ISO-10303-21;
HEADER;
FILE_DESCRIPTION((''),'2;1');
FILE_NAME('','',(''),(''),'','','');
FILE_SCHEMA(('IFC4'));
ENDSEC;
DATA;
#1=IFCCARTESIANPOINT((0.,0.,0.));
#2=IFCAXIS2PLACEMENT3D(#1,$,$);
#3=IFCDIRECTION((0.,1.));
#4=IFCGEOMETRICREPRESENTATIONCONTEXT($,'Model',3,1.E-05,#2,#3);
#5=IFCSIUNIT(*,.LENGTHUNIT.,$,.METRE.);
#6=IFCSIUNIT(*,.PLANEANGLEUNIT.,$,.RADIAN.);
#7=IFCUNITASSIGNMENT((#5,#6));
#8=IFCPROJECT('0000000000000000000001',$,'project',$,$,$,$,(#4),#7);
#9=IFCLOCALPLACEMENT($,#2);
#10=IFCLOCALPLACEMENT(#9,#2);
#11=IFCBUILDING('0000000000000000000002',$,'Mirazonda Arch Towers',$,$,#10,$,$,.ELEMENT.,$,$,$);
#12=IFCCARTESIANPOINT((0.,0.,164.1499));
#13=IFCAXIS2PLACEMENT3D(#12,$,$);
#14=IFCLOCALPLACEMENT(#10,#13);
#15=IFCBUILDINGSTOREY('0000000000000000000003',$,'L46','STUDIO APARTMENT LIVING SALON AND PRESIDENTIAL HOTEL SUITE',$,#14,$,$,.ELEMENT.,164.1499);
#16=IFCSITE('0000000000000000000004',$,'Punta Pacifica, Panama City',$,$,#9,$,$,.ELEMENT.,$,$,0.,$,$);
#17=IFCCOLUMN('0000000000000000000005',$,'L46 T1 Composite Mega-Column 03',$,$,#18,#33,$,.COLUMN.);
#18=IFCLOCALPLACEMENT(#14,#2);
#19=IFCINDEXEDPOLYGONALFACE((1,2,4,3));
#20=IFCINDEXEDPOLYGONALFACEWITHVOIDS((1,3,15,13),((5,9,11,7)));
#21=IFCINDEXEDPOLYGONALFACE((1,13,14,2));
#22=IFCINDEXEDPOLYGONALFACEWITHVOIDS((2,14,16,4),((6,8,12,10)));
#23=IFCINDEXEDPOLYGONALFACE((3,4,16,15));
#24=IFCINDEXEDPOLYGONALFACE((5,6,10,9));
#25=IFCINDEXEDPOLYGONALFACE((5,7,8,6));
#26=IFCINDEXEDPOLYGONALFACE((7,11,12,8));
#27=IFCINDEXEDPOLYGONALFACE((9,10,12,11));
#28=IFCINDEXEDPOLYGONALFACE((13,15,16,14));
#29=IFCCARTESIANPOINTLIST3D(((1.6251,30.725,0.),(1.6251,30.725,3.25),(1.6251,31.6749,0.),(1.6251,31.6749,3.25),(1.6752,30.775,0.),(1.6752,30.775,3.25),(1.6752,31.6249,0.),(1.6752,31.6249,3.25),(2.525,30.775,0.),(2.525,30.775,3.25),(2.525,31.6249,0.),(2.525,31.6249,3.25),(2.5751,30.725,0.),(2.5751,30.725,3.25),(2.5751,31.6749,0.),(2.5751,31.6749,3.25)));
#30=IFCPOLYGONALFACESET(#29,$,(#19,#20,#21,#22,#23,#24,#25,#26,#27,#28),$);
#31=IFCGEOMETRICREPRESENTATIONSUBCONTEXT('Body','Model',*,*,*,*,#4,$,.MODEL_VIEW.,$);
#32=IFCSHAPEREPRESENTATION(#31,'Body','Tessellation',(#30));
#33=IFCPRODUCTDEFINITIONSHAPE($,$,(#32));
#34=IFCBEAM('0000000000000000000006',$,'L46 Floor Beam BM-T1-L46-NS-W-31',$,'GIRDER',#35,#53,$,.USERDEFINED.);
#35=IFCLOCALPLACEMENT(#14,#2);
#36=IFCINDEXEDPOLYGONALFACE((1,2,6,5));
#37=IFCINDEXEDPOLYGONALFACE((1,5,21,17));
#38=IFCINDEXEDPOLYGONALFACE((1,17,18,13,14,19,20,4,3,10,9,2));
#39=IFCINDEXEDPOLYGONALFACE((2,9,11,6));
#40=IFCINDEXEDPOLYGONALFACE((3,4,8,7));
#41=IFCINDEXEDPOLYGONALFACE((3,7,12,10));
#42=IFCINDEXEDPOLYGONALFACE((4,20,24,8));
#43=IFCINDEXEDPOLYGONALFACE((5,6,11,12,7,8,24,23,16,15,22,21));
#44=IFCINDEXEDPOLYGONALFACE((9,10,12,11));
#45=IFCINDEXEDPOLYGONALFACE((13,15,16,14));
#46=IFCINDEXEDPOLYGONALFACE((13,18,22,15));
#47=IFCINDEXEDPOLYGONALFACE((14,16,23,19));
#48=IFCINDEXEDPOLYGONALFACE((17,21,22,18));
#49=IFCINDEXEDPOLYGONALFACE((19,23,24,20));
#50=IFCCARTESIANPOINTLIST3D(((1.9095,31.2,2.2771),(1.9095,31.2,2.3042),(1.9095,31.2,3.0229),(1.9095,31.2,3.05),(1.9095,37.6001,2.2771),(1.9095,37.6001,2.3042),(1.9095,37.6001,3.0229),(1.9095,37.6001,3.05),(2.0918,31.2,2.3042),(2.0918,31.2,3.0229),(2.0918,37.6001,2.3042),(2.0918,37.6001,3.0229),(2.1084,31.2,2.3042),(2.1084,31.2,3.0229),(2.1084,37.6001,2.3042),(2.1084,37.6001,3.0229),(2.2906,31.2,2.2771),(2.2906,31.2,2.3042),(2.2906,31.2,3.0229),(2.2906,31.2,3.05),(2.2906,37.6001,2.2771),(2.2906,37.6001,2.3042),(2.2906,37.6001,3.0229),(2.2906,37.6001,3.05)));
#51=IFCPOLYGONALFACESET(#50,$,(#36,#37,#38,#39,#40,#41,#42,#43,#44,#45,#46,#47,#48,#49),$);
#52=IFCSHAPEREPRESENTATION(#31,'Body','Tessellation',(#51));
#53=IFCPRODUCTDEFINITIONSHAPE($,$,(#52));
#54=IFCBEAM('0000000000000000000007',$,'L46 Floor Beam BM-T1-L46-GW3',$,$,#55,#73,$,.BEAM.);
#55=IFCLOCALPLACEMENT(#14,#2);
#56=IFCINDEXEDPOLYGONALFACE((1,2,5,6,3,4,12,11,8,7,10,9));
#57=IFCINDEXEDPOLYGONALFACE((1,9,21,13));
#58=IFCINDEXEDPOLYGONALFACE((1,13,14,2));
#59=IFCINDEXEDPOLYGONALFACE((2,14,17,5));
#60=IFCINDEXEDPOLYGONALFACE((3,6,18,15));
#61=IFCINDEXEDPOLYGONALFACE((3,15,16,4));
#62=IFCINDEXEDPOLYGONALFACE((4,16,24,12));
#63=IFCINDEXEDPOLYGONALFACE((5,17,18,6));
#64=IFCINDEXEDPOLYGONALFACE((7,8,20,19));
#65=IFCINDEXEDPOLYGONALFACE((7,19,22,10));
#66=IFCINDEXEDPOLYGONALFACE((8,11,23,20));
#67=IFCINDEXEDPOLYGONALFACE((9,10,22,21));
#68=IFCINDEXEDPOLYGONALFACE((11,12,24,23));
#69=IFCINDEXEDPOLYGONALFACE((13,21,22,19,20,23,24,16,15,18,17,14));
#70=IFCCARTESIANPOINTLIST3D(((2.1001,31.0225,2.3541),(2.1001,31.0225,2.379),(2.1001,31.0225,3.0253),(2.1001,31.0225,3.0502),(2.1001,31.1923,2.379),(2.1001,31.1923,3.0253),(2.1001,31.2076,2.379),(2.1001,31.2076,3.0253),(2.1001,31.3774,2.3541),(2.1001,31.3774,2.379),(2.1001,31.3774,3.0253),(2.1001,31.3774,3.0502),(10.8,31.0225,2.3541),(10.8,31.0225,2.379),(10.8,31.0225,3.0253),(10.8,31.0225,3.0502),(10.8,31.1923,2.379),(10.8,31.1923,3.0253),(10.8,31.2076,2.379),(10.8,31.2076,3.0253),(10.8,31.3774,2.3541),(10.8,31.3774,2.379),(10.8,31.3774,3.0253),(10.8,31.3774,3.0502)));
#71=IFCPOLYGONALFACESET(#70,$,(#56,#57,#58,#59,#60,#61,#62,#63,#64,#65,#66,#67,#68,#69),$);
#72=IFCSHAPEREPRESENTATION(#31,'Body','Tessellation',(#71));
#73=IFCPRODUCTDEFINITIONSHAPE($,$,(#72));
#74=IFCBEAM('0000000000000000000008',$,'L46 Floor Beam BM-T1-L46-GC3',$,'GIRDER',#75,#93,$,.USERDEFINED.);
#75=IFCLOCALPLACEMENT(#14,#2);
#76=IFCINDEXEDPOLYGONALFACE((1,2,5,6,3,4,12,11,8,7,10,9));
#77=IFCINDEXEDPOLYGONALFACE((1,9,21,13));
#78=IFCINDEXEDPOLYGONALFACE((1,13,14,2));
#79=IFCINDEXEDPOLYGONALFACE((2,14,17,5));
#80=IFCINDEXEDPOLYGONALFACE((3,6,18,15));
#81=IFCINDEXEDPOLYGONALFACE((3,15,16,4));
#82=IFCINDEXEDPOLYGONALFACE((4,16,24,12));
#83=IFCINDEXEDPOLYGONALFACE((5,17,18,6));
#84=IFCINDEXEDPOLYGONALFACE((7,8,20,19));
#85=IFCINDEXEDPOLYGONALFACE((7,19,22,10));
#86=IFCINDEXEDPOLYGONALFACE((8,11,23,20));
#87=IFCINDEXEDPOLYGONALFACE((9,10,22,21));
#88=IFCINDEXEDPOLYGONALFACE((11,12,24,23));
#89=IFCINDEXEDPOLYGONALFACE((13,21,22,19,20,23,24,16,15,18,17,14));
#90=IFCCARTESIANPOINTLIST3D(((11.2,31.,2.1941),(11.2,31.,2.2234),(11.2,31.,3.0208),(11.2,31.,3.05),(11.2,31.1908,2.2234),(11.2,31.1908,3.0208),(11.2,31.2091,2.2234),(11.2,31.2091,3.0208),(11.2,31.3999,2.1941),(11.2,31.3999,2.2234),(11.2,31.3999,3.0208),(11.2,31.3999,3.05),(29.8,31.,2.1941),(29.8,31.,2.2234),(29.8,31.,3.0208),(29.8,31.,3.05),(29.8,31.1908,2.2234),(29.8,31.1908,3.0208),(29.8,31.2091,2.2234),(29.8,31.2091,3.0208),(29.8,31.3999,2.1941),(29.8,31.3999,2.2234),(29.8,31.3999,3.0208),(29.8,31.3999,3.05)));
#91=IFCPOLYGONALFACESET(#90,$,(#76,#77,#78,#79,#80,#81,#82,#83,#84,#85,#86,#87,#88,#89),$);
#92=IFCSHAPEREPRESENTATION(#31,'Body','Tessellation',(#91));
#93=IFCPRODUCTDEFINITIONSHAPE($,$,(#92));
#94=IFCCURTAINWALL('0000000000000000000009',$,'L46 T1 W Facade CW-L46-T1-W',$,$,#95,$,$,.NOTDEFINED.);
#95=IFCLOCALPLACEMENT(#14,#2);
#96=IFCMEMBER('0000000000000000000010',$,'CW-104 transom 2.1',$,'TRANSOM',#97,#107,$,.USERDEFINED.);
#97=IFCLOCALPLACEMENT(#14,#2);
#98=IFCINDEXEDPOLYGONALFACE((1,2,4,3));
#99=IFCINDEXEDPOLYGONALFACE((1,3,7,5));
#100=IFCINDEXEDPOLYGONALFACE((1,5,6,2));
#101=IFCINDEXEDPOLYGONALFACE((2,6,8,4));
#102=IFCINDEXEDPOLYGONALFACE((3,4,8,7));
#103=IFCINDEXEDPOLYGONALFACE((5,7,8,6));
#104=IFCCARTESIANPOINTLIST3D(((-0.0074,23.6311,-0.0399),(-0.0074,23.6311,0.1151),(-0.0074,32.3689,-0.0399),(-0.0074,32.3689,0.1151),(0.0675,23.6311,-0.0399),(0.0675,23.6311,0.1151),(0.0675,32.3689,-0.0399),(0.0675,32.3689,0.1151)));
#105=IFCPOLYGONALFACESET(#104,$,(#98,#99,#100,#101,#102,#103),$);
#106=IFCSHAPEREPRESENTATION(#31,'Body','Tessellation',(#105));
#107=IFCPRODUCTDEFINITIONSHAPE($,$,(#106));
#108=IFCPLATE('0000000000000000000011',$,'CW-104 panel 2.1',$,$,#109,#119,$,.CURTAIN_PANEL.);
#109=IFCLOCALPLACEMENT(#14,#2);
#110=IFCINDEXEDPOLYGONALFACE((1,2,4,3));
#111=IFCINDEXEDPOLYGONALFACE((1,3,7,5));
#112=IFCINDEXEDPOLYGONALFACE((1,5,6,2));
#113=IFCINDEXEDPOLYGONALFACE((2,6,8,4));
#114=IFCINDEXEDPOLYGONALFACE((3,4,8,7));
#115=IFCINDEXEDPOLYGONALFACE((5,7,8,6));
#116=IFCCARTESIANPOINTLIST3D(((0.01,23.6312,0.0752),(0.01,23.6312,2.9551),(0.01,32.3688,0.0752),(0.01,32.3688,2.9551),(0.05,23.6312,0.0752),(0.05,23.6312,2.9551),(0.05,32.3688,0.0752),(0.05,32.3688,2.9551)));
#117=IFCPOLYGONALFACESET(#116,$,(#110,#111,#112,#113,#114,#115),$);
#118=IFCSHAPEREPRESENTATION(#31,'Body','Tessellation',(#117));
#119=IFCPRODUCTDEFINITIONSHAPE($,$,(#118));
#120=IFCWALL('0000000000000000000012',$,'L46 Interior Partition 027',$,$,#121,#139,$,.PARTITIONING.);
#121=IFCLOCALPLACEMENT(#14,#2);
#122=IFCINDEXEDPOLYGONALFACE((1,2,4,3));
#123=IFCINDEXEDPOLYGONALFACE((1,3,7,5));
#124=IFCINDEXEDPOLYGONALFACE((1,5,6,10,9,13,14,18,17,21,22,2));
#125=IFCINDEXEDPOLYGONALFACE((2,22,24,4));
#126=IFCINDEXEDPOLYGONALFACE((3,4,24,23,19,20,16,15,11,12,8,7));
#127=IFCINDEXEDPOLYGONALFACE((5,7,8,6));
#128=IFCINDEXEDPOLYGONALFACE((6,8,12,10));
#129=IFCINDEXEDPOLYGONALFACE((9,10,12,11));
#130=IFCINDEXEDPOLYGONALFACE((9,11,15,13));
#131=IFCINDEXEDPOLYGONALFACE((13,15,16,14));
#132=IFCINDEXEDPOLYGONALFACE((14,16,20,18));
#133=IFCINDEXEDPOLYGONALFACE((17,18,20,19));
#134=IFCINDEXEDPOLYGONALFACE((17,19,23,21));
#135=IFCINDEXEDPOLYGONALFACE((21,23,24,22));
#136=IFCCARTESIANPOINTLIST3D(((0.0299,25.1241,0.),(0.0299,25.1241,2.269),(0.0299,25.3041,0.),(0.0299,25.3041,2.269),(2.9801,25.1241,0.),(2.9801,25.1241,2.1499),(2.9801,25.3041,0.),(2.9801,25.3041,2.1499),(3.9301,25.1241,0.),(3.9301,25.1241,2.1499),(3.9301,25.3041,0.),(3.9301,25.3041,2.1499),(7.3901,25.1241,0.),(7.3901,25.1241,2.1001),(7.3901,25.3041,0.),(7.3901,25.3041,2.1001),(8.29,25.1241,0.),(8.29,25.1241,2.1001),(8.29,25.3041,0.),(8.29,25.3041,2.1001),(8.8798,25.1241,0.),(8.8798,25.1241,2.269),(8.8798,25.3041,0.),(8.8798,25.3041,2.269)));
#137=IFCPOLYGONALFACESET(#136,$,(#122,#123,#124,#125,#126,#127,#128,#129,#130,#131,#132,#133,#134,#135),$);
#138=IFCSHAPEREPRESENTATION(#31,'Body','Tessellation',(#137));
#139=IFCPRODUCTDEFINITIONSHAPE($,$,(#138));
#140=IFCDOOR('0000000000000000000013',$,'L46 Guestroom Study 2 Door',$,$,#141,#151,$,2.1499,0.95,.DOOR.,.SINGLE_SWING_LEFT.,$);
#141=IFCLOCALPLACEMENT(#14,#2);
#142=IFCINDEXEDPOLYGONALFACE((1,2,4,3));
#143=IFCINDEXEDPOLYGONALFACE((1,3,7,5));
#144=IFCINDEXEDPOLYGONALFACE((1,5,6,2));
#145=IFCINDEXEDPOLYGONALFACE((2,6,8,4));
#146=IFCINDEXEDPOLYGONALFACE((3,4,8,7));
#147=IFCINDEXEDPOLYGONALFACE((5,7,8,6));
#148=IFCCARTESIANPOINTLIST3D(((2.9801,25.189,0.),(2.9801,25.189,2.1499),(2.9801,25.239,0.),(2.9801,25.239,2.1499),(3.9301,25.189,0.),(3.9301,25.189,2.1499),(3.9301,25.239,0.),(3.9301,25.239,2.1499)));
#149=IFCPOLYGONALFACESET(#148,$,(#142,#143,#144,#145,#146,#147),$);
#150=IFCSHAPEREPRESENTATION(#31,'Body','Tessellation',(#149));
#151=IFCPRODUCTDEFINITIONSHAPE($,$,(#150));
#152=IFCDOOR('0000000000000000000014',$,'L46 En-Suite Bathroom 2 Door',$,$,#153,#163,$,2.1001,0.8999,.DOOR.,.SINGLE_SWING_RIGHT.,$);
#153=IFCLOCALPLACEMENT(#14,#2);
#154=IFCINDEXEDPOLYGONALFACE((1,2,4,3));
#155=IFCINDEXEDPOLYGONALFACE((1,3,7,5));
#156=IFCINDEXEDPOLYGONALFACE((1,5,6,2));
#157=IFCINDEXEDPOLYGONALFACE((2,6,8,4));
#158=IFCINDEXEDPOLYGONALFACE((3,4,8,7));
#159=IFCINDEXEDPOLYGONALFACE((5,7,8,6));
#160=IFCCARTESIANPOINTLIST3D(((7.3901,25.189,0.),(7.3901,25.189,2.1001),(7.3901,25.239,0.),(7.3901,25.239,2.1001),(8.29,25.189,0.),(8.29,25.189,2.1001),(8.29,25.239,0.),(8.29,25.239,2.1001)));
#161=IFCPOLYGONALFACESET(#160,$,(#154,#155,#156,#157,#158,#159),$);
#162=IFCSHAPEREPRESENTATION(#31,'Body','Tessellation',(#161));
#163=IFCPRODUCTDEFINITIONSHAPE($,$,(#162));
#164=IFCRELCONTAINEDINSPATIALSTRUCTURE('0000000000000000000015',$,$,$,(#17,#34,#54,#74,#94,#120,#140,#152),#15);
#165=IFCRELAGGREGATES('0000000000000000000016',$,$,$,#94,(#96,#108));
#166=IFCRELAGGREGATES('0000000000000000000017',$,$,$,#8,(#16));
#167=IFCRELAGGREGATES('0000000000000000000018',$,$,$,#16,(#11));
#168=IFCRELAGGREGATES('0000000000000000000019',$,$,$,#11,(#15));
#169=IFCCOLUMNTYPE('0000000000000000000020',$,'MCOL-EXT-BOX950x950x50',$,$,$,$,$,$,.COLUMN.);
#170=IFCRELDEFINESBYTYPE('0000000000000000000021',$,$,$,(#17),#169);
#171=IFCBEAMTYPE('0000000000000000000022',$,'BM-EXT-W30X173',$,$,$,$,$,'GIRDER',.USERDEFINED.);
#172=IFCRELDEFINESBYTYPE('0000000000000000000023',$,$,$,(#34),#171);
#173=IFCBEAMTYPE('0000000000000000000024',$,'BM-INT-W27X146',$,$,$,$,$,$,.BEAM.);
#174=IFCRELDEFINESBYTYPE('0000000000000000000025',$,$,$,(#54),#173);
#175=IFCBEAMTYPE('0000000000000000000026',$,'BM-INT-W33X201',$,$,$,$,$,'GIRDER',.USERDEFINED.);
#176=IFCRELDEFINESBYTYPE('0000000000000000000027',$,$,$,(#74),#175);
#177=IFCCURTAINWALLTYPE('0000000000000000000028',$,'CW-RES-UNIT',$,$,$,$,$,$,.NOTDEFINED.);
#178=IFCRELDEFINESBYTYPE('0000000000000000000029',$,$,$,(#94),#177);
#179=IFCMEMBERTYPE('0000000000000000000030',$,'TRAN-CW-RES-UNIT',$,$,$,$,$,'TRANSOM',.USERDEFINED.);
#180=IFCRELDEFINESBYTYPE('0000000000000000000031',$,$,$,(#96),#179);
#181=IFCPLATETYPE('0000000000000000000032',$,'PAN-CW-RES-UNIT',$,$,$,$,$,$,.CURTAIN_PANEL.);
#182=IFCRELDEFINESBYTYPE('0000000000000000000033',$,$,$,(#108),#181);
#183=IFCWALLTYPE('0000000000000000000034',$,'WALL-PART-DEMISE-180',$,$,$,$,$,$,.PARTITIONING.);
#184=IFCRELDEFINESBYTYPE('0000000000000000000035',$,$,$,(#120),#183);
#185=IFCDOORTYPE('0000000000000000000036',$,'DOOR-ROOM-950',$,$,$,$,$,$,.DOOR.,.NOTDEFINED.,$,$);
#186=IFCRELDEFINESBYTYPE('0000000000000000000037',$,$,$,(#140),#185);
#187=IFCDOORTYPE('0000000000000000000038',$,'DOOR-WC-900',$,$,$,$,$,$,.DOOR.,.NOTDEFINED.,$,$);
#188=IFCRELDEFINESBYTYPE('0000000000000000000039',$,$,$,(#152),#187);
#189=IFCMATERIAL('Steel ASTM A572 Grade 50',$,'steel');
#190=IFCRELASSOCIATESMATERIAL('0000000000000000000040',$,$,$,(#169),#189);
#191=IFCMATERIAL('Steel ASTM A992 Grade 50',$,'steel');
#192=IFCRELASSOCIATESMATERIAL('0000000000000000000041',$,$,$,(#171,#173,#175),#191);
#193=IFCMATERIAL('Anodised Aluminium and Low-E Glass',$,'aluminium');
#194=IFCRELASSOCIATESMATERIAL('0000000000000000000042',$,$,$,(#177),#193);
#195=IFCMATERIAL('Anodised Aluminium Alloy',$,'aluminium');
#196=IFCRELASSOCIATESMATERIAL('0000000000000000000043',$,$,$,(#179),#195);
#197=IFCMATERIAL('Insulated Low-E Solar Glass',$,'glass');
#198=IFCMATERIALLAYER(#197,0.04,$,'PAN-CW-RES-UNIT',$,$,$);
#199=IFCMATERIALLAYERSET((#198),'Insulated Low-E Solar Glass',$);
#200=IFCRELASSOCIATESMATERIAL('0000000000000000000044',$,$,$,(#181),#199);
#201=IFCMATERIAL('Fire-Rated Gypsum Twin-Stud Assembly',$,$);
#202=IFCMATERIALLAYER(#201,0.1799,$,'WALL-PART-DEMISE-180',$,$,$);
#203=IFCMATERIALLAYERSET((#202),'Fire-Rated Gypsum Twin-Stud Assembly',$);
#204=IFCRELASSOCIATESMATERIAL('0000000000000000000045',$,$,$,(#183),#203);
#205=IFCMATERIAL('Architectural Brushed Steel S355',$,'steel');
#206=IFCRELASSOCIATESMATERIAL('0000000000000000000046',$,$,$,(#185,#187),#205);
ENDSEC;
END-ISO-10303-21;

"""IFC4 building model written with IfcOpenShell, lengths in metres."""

from ifc_helpers import new_model, si_unit, direction, frame, frame_2d, origin, origin_2d, place, context, subcontext, project, spatial, rectangle, hollow_rectangle, i_section, extrude, material, layer, layer_set, material_profile, profile_set, type_object, element, fill, aggregate, save


model = new_model("IFC4")

# Units and contexts
model_context = context("Model", 3, precision=1e-05, world=origin(), true_north=direction((0.0, 1.0)))
body_context = subcontext(model_context, "Body", "Model", "MODEL_VIEW")
ifc_project = project(units=[si_unit("LENGTHUNIT", "METRE"), si_unit("PLANEANGLEUNIT", "RADIAN")], contexts=[model_context])

# Site, building, storey
site_placement = place(None, origin())
site = spatial("IfcSite", under=ifc_project, at=site_placement, Name="Punta Pacifica, Panama City", CompositionType="ELEMENT", RefElevation=0.0)
building_placement = place(site_placement, origin())
building = spatial("IfcBuilding", under=site, at=building_placement, Name="Mirazonda Arch Towers", CompositionType="ELEMENT")
storey_placement = place(building_placement, frame((0.0, 0.0, 164.1499)))
storey = spatial("IfcBuildingStorey", under=building, at=storey_placement, Name="L46", Description="STUDIO APARTMENT LIVING SALON AND PRESIDENTIAL HOTEL SUITE", CompositionType="ELEMENT", Elevation=164.1499)

# Column
ifc_material_1 = material(Name="Steel ASTM A572 Grade 50", Category="steel")
ifc_material_profile_1 = material_profile(ifc_material_1, hollow_rectangle(XDim=0.95, YDim=0.95, WallThickness=0.05, at=origin_2d()), Name="BOX950x950x50")
ifc_profile_set_1 = profile_set([ifc_material_profile_1], Name="Steel ASTM A572 Grade 50")
column_type = type_object("IfcColumnType", Name="MCOL-EXT-BOX950x950x50", PredefinedType="COLUMN", material=ifc_profile_set_1)
column_placement = place(storey_placement, frame((2.1001, 31.2, 0.0), z_axis=(0.0, 0.0, 1.0), x_axis=(1.0, 0.0, 0.0)))
element("IfcColumn", 1, at=column_placement, inside=storey, type_object=column_type, Name="L46 T1 Composite Mega-Column 03", PredefinedType="COLUMN", context=body_context, shape_type="SweptSolid", body=[
    extrude(hollow_rectangle(XDim=0.95, YDim=0.95, WallThickness=0.05, at=origin_2d()), origin(), (0.0, 0.0, 1.0), 3.25),
])

# Beams
ifc_material_2 = material(Name="Steel ASTM A992 Grade 50", Category="steel")
ifc_material_profile_2 = material_profile(ifc_material_2, i_section(OverallWidth=0.3811, OverallDepth=0.7729, WebThickness=0.0166, FlangeThickness=0.0271, at=origin_2d()), Name="W30X173")
ifc_profile_set_2 = profile_set([ifc_material_profile_2], Name="Steel ASTM A992 Grade 50")
beam_type_1 = type_object("IfcBeamType", Name="BM-EXT-W30X173", ElementType="GIRDER", PredefinedType="USERDEFINED", material=ifc_profile_set_2)
beam_1_placement = place(storey_placement, frame((2.1001, 31.2, 2.6636), z_axis=(0.0, 1.0, 0.0), x_axis=(-1.0, 0.0, 0.0)))
element("IfcBeam", 2, at=beam_1_placement, inside=storey, type_object=beam_type_1, Name="L46 Floor Beam BM-T1-L46-NS-W-31", ObjectType="GIRDER", PredefinedType="USERDEFINED", context=body_context, shape_type="SweptSolid", body=[
    extrude(i_section(OverallWidth=0.3811, OverallDepth=0.7729, WebThickness=0.0166, FlangeThickness=0.0271, at=origin_2d()), origin(), (0.0, 0.0, 1.0), 6.4001),
])
ifc_material_profile_3 = material_profile(ifc_material_2, i_section(OverallWidth=0.355, OverallDepth=0.696, WebThickness=0.0154, FlangeThickness=0.0249, at=origin_2d()), Name="W27X146")
ifc_profile_set_3 = profile_set([ifc_material_profile_3], Name="Steel ASTM A992 Grade 50")
beam_type_2 = type_object("IfcBeamType", Name="BM-INT-W27X146", PredefinedType="BEAM", material=ifc_profile_set_3)
beam_2_placement = place(storey_placement, frame((2.1001, 31.2, 2.7021), z_axis=(1.0, 0.0, 0.0), x_axis=(0.0, 1.0, 0.0)))
element("IfcBeam", 3, at=beam_2_placement, inside=storey, type_object=beam_type_2, Name="L46 Floor Beam BM-T1-L46-GW3", PredefinedType="BEAM", context=body_context, shape_type="SweptSolid", body=[
    extrude(i_section(OverallWidth=0.355, OverallDepth=0.696, WebThickness=0.0154, FlangeThickness=0.0249, at=origin_2d()), origin(), (0.0, 0.0, 1.0), 8.7),
])
ifc_material_profile_4 = material_profile(ifc_material_2, i_section(OverallWidth=0.3999, OverallDepth=0.856, WebThickness=0.0183, FlangeThickness=0.0293, at=origin_2d()), Name="W33X201")
ifc_profile_set_4 = profile_set([ifc_material_profile_4], Name="Steel ASTM A992 Grade 50")
beam_type_3 = type_object("IfcBeamType", Name="BM-INT-W33X201", ElementType="GIRDER", PredefinedType="USERDEFINED", material=ifc_profile_set_4)
beam_3_placement = place(storey_placement, frame((11.2, 31.2, 2.6221), z_axis=(1.0, 0.0, 0.0), x_axis=(0.0, 1.0, 0.0)))
element("IfcBeam", 4, at=beam_3_placement, inside=storey, type_object=beam_type_3, Name="L46 Floor Beam BM-T1-L46-GC3", ObjectType="GIRDER", PredefinedType="USERDEFINED", context=body_context, shape_type="SweptSolid", body=[
    extrude(i_section(OverallWidth=0.3999, OverallDepth=0.856, WebThickness=0.0183, FlangeThickness=0.0293, at=origin_2d()), origin(), (0.0, 0.0, 1.0), 18.6001),
])

# Curtain wall, member, plate
ifc_material_3 = material(Name="Anodised Aluminium and Low-E Glass", Category="aluminium")
curtain_wall_type = type_object("IfcCurtainWallType", Name="CW-RES-UNIT", PredefinedType="NOTDEFINED", material=ifc_material_3)
curtain_wall_placement = place(storey_placement, origin())
curtain_wall = element("IfcCurtainWall", 5, at=curtain_wall_placement, inside=storey, type_object=curtain_wall_type, Name="L46 T1 W Facade CW-L46-T1-W", PredefinedType="NOTDEFINED")
ifc_material_4 = material(Name="Anodised Aluminium Alloy", Category="aluminium")
ifc_material_profile_5 = material_profile(ifc_material_4, rectangle(XDim=0.075, YDim=0.155, at=origin_2d()), Name="ALU-TRAN-75x155")
ifc_profile_set_5 = profile_set([ifc_material_profile_5], Name="Anodised Aluminium Alloy")
member_type = type_object("IfcMemberType", Name="TRAN-CW-RES-UNIT", ElementType="TRANSOM", PredefinedType="USERDEFINED", material=ifc_profile_set_5)
member_placement = place(storey_placement, frame((0.03, 32.3689, 0.0376), z_axis=(0.0, -1.0, 0.0), x_axis=(1.0, 0.0, 0.0)))
member = element("IfcMember", 6, at=member_placement, type_object=member_type, Name="CW-104 transom 2.1", ObjectType="TRANSOM", PredefinedType="USERDEFINED", context=body_context, shape_type="SweptSolid", body=[
    extrude(rectangle(XDim=0.075, YDim=0.155, at=origin_2d()), origin(), (0.0, 0.0, 1.0), 8.7378),
])
ifc_material_5 = material(Name="Insulated Low-E Solar Glass", Category="glass")
ifc_layer_1 = layer(ifc_material_5, 0.04, Name="PAN-CW-RES-UNIT")
ifc_layer_set_1 = layer_set([ifc_layer_1], Name="Insulated Low-E Solar Glass")
plate_type = type_object("IfcPlateType", Name="PAN-CW-RES-UNIT", PredefinedType="CURTAIN_PANEL", material=ifc_layer_set_1)
plate_placement = place(storey_placement, frame((0.03, 28.0, 0.0752), z_axis=(0.0, 0.0, 1.0), x_axis=(0.0, -1.0, 0.0)))
plate = element("IfcPlate", 7, at=plate_placement, type_object=plate_type, Name="CW-104 panel 2.1", PredefinedType="CURTAIN_PANEL", context=body_context, shape_type="SweptSolid", body=[
    extrude(rectangle(XDim=8.7375, YDim=0.04, at=origin_2d()), origin(), (0.0, 0.0, 1.0), 2.8799),
])
aggregate(curtain_wall, [member, plate])

# Wall, openings, doors
ifc_material_6 = material(Name="Fire-Rated Gypsum Twin-Stud Assembly")
ifc_layer_2 = layer(ifc_material_6, 0.1799, Name="WALL-PART-DEMISE-180")
ifc_layer_set_2 = layer_set([ifc_layer_2], Name="Fire-Rated Gypsum Twin-Stud Assembly")
wall_type_1 = type_object("IfcWallType", Name="WALL-PART-DEMISE-180", PredefinedType="PARTITIONING", material=ifc_layer_set_2)
wall_1_placement = place(storey_placement, frame((0.03, 25.2141, 0.0), z_axis=(0.0, 0.0, 1.0), x_axis=(1.0, 0.0, 0.0)))
wall_1 = element("IfcWall", 8, at=wall_1_placement, inside=storey, type_object=wall_type_1, Name="L46 Interior Partition 027", PredefinedType="PARTITIONING", context=body_context, shape_type="SweptSolid", body=[
    extrude(rectangle(XDim=8.8499, YDim=0.1799, at=frame_2d((4.4248, 0.0))), origin(), (0.0, 0.0, 1.0), 2.269),
])
opening_1_placement = place(wall_1_placement, frame((2.95, 0.0, 0.0)))
opening_1 = element("IfcOpeningElement", 9, at=opening_1_placement, cuts=wall_1, PredefinedType="OPENING", context=body_context, shape_type="SweptSolid", body=[
    extrude(rectangle(XDim=0.95, YDim=2.1499, at=frame_2d((0.4751, 1.075))), frame((0.0, 0.0999, 0.0), z_axis=(0.0, -1.0, 0.0), x_axis=(1.0, 0.0, 0.0)), (0.0, 0.0, 1.0), 0.2),
])
opening_2_placement = place(wall_1_placement, frame((7.3601, 0.0, 0.0)))
opening_2 = element("IfcOpeningElement", 10, at=opening_2_placement, cuts=wall_1, PredefinedType="OPENING", context=body_context, shape_type="SweptSolid", body=[
    extrude(rectangle(XDim=0.8999, YDim=2.1001, at=frame_2d((0.45, 1.05))), frame((0.0, 0.0999, 0.0), z_axis=(0.0, -1.0, 0.0), x_axis=(1.0, 0.0, 0.0)), (0.0, 0.0, 1.0), 0.2),
])
ifc_material_7 = material(Name="Architectural Brushed Steel S355", Category="steel")
door_type_1 = type_object("IfcDoorType", Name="DOOR-ROOM-950", OperationType="NOTDEFINED", PredefinedType="DOOR", material=ifc_material_7)
door_1_placement = place(opening_1_placement, origin())
door_1 = element("IfcDoor", 11, at=door_1_placement, inside=storey, type_object=door_type_1, Name="L46 Guestroom Study 2 Door", OperationType="SINGLE_SWING_LEFT", OverallHeight=2.1499, OverallWidth=0.95, PredefinedType="DOOR", context=body_context, shape_type="SweptSolid", body=[
    extrude(rectangle(XDim=0.95, YDim=2.1499, at=frame_2d((0.4751, 1.075))), frame((0.0, 0.0249, 0.0), z_axis=(0.0, -1.0, 0.0), x_axis=(1.0, 0.0, 0.0)), (0.0, 0.0, 1.0), 0.05),
])
fill(opening_1, door_1)
door_type_2 = type_object("IfcDoorType", Name="DOOR-WC-900", OperationType="NOTDEFINED", PredefinedType="DOOR", material=ifc_material_7)
door_2_placement = place(opening_2_placement, origin())
door_2 = element("IfcDoor", 12, at=door_2_placement, inside=storey, type_object=door_type_2, Name="L46 En-Suite Bathroom 2 Door", OperationType="SINGLE_SWING_RIGHT", OverallHeight=2.1001, OverallWidth=0.8999, PredefinedType="DOOR", context=body_context, shape_type="SweptSolid", body=[
    extrude(rectangle(XDim=0.8999, YDim=2.1001, at=frame_2d((0.45, 1.05))), frame((0.0, 0.0249, 0.0), z_axis=(0.0, -1.0, 0.0), x_axis=(1.0, 0.0, 0.0)), (0.0, 0.0, 1.0), 0.05),
])
fill(opening_2, door_2)

save(model, "model.ifc")
